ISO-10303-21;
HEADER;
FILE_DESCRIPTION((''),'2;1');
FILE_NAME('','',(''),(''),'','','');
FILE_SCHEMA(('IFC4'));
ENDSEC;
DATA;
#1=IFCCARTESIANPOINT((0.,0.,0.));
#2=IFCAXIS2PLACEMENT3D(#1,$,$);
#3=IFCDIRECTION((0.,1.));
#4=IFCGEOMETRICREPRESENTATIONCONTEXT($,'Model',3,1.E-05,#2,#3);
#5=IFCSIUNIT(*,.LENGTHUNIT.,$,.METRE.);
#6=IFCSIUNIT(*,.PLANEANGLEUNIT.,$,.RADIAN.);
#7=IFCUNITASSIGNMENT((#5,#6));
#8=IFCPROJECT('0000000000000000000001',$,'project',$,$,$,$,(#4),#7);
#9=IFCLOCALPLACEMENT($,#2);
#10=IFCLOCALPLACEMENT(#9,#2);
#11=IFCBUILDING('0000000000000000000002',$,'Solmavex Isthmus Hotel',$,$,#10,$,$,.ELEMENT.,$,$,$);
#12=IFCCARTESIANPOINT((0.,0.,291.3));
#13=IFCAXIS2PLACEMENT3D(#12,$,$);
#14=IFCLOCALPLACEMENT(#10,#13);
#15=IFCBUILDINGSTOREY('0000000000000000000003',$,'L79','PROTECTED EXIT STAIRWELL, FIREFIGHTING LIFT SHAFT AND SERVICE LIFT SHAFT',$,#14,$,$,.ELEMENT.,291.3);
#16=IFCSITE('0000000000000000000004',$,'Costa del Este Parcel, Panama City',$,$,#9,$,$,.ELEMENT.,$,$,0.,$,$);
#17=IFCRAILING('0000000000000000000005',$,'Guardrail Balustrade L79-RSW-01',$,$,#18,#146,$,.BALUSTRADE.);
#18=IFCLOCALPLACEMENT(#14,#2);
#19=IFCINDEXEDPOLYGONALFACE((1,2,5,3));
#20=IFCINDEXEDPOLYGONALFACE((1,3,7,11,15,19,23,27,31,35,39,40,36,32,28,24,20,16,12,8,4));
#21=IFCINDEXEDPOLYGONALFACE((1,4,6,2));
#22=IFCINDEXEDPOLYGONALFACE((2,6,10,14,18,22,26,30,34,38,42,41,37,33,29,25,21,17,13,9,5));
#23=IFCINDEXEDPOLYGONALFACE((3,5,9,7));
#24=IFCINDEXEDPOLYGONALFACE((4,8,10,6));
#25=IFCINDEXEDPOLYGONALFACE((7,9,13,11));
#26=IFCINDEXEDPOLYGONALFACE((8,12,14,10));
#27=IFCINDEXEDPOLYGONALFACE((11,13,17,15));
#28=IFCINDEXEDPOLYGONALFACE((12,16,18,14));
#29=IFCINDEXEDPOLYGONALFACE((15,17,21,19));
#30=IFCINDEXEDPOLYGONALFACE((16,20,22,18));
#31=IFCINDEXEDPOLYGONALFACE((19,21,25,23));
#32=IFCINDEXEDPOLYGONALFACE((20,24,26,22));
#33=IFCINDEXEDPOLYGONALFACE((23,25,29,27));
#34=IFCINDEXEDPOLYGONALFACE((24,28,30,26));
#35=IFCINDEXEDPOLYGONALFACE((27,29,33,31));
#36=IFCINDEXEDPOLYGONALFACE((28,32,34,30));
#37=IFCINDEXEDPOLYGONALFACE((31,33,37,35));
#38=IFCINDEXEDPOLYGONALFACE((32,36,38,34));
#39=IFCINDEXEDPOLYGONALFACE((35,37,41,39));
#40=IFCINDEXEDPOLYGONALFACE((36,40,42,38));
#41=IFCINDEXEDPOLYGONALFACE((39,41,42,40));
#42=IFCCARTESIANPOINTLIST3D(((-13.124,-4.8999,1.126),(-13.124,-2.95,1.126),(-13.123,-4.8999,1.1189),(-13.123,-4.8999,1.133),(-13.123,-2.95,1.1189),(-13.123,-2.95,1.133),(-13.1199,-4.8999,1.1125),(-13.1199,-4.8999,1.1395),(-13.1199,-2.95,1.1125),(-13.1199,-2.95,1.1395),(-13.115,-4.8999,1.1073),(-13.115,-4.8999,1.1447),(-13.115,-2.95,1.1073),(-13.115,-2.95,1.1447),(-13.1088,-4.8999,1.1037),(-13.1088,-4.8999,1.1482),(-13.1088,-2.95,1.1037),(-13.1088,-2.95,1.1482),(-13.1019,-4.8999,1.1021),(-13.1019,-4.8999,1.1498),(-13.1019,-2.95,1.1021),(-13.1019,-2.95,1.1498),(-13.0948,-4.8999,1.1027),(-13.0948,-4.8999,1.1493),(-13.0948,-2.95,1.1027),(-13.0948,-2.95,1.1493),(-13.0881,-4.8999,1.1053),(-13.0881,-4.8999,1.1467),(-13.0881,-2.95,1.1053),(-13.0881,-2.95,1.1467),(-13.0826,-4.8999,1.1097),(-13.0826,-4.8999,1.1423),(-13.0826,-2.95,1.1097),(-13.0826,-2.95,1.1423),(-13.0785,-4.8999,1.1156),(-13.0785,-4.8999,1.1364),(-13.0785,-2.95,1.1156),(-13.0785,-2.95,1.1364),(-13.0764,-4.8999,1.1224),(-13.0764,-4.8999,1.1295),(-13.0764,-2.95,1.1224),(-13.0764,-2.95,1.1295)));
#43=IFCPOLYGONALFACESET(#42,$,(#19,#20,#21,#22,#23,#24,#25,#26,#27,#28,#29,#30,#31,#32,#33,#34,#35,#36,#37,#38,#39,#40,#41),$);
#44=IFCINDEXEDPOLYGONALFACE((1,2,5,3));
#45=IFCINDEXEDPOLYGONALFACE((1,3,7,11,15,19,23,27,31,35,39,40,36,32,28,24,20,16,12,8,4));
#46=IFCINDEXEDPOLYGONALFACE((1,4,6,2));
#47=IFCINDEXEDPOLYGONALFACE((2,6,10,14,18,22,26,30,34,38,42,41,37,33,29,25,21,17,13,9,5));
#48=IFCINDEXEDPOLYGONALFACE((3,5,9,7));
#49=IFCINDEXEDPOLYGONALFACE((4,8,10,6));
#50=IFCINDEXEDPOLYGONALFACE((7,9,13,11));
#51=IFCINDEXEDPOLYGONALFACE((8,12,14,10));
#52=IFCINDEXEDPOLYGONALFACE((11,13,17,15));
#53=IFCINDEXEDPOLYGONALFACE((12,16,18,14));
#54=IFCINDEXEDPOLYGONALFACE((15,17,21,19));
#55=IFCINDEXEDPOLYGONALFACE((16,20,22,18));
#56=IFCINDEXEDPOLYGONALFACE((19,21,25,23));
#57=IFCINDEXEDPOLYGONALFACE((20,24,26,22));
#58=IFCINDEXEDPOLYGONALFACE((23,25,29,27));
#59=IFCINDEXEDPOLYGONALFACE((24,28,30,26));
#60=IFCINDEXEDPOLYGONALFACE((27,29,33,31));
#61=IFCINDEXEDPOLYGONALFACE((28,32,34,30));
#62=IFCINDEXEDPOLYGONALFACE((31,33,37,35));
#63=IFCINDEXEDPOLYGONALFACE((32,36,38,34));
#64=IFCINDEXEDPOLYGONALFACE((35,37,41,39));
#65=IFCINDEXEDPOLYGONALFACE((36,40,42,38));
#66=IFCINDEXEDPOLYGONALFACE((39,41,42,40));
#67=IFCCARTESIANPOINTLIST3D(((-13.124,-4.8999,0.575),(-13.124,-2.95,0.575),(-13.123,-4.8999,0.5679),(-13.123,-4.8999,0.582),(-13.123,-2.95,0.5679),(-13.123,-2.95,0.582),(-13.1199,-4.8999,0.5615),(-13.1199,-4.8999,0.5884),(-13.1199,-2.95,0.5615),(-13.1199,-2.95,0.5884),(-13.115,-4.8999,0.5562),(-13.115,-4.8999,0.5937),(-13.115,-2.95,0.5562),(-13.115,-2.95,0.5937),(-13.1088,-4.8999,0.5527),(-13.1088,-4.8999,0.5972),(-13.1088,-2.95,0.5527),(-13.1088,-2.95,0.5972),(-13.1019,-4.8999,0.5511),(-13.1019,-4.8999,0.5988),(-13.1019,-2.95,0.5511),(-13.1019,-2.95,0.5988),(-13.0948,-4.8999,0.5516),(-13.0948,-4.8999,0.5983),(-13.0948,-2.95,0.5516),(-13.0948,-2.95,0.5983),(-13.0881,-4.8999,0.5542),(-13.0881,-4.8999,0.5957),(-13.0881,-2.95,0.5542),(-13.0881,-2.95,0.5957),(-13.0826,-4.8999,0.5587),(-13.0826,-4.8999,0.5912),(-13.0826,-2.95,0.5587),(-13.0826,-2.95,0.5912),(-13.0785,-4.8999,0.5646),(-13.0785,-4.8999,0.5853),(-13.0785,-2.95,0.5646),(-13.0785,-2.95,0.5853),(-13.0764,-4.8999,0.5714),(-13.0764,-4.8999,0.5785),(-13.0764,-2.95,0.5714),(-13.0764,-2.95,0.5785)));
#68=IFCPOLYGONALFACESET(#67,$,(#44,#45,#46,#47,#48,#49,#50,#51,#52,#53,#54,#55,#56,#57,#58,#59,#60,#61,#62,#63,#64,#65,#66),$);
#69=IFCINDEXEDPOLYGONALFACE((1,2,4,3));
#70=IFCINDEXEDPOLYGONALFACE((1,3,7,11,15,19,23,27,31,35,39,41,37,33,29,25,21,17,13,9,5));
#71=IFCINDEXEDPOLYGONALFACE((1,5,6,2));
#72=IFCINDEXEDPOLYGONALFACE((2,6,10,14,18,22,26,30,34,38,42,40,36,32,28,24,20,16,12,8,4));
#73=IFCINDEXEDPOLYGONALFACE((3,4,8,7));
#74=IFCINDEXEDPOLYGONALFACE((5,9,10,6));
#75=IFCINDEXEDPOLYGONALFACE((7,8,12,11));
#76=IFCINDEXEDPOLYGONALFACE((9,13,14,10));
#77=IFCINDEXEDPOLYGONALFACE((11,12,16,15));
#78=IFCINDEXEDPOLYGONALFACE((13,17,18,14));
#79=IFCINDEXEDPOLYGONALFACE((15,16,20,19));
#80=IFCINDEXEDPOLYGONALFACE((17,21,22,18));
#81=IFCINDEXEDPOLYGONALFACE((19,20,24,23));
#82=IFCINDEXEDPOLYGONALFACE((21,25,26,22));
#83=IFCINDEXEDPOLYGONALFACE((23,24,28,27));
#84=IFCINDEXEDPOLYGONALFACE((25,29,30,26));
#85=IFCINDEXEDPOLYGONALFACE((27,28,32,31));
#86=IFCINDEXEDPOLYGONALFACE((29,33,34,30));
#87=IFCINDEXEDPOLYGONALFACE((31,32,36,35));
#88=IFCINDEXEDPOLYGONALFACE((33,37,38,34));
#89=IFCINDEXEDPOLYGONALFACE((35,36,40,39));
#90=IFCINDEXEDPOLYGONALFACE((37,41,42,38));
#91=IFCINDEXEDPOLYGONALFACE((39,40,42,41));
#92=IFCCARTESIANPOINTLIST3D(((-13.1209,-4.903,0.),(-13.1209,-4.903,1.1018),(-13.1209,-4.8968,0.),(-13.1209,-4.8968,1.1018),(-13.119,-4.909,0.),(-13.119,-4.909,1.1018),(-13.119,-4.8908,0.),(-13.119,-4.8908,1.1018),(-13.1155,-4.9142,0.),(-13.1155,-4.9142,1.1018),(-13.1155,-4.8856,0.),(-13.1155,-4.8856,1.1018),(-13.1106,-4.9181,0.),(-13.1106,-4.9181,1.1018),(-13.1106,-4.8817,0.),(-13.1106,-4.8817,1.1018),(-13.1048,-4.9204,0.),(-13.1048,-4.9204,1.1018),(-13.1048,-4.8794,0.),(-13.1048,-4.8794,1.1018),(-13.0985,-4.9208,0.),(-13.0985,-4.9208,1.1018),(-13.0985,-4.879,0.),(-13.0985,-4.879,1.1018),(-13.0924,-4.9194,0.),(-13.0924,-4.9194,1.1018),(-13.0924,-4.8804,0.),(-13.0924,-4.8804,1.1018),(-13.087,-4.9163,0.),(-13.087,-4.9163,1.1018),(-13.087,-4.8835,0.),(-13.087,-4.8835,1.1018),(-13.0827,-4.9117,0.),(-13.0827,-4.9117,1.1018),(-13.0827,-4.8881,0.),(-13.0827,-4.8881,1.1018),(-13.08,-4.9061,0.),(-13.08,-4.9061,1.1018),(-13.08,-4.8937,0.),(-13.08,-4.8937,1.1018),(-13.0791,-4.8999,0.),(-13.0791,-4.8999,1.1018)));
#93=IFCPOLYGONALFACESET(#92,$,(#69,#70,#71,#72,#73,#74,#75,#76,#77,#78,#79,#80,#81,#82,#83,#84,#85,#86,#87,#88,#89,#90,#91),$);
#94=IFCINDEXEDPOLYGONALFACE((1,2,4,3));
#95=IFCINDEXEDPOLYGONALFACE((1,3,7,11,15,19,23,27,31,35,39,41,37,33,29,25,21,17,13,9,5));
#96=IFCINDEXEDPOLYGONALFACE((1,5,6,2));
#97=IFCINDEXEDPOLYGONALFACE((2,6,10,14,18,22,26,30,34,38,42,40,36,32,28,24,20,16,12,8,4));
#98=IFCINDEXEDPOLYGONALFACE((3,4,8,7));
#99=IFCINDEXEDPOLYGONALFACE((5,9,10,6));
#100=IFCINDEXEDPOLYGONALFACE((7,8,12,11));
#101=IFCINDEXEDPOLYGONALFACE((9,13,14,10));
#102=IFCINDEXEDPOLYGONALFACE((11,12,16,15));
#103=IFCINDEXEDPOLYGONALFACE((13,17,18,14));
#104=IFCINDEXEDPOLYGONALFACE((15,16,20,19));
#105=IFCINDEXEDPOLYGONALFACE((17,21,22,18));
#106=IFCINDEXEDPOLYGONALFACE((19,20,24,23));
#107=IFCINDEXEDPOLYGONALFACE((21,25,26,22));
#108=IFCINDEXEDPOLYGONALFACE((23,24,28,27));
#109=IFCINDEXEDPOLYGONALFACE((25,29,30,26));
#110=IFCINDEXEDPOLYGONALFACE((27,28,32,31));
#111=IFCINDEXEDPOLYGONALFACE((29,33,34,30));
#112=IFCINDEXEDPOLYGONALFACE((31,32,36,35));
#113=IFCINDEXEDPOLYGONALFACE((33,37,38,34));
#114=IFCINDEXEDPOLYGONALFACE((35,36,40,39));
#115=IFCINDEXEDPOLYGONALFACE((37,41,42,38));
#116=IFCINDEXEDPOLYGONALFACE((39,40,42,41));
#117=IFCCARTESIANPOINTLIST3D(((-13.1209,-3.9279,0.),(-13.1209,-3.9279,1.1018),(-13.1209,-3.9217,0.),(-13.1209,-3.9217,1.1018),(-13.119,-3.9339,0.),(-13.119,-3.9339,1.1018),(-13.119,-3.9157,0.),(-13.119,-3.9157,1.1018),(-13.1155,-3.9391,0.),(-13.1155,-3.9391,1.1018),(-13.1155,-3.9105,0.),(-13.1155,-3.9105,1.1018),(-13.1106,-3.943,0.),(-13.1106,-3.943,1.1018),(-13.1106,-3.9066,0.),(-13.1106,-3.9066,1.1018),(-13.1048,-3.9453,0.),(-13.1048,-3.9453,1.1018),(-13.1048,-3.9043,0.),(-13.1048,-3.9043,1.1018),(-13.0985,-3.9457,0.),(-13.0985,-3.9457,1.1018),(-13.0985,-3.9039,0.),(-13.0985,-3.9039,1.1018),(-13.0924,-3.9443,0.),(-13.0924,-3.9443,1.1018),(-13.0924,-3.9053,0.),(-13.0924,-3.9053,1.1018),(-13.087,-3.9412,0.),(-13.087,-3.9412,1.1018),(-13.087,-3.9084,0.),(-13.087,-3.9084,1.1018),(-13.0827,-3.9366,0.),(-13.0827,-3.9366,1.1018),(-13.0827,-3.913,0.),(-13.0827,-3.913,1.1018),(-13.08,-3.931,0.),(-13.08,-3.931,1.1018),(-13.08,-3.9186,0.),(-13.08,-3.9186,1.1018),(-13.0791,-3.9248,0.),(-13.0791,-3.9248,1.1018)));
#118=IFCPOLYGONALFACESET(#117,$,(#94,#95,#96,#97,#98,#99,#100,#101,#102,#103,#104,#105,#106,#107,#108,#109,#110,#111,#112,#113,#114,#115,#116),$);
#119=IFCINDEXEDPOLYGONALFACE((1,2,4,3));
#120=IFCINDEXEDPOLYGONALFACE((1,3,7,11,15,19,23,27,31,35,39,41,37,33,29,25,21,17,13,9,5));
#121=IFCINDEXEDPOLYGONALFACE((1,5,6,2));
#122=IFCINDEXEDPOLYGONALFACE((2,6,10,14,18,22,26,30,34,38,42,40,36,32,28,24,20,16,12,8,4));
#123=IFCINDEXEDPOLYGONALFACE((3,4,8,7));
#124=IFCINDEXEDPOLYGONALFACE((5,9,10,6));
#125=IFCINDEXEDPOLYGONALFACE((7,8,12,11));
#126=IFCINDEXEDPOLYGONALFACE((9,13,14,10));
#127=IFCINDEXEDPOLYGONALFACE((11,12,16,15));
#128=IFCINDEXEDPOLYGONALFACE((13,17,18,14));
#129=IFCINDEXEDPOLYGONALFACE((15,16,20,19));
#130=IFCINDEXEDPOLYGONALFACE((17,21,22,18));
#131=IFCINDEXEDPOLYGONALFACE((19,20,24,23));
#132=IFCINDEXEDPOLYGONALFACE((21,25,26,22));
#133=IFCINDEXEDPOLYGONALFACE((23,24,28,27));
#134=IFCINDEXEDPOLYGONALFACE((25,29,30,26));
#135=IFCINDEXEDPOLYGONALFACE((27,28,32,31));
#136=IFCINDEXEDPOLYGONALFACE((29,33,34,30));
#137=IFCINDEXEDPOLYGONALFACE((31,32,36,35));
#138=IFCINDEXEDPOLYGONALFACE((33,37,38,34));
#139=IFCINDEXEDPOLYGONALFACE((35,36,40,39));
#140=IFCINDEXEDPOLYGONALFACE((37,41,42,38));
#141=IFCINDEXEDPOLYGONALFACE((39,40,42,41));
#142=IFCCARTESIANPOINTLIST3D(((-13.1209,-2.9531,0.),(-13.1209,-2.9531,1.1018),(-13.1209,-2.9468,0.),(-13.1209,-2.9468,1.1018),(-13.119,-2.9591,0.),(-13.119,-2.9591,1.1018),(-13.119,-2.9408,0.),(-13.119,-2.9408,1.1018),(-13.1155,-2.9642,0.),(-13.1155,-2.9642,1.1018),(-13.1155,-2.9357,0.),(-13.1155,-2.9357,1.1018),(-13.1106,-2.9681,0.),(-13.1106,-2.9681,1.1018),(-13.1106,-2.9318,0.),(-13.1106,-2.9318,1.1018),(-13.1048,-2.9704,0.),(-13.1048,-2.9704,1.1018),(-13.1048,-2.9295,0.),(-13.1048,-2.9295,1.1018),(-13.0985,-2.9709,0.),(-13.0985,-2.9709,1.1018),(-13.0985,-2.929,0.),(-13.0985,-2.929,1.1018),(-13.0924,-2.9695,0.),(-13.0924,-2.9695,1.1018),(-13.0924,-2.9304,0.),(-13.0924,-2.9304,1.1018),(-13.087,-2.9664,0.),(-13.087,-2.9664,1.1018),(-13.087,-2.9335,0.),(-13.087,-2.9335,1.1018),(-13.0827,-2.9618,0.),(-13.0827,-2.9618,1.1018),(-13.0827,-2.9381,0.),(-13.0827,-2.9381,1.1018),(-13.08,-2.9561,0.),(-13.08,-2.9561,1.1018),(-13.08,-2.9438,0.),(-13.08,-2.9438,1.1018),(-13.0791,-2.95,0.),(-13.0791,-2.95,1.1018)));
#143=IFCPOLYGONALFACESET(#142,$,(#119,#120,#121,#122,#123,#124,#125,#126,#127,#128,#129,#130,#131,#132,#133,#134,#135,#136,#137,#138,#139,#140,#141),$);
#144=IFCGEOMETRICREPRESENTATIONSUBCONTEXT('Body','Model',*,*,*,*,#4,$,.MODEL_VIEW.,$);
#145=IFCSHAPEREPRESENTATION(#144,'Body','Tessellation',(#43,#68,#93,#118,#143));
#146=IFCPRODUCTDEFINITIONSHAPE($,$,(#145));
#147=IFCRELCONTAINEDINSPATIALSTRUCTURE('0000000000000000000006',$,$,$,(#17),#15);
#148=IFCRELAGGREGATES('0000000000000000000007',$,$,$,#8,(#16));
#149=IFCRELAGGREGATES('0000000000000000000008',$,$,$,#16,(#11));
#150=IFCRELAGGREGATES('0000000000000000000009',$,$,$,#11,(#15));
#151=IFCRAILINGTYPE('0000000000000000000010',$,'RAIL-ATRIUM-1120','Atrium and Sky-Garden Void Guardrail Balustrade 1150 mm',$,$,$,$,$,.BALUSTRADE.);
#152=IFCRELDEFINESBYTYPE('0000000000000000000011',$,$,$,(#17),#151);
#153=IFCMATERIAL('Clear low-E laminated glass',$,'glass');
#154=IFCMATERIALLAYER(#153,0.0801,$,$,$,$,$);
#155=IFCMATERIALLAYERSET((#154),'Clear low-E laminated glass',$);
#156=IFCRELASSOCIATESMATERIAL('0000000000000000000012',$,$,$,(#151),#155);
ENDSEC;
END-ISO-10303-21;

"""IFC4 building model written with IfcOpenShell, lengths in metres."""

from ifc_helpers import new_model, si_unit, direction, frame, origin, origin_2d, place, context, subcontext, project, spatial, circle, extrude, material, layer, layer_set, type_object, element, save


model = new_model("IFC4")

# Units and contexts
model_context = context("Model", 3, precision=1e-05, world=origin(), true_north=direction((0.0, 1.0)))
body_context = subcontext(model_context, "Body", "Model", "MODEL_VIEW")
ifc_project = project(units=[si_unit("LENGTHUNIT", "METRE"), si_unit("PLANEANGLEUNIT", "RADIAN")], contexts=[model_context])

# Site, building, storey
site_placement = place(None, origin())
site = spatial("IfcSite", under=ifc_project, at=site_placement, Name="Costa del Este Parcel, Panama City", CompositionType="ELEMENT", RefElevation=0.0)
building_placement = place(site_placement, origin())
building = spatial("IfcBuilding", under=site, at=building_placement, Name="Solmavex Isthmus Hotel", CompositionType="ELEMENT")
storey_placement = place(building_placement, frame((0.0, 0.0, 291.3)))
storey = spatial("IfcBuildingStorey", under=building, at=storey_placement, Name="L79", Description="PROTECTED EXIT STAIRWELL, FIREFIGHTING LIFT SHAFT AND SERVICE LIFT SHAFT", CompositionType="ELEMENT", Elevation=291.3)

# Railing
ifc_material_1 = material(Name="Clear low-E laminated glass", Category="glass")
ifc_layer_1 = layer(ifc_material_1, 0.0801)
ifc_layer_set_1 = layer_set([ifc_layer_1], Name="Clear low-E laminated glass")
railing_type_1 = type_object("IfcRailingType", Name="RAIL-ATRIUM-1120", Description="Atrium and Sky-Garden Void Guardrail Balustrade 1150 mm", PredefinedType="BALUSTRADE", material=ifc_layer_set_1)
railing_1_placement = place(storey_placement, frame((-13.1001, -4.8999, 0.0)))
element("IfcRailing", 1, at=railing_1_placement, inside=storey, type_object=railing_type_1, Name="Guardrail Balustrade L79-RSW-01", PredefinedType="BALUSTRADE", context=body_context, shape_type="SweptSolid", body=[
    extrude(circle(Radius=0.0239, at=origin_2d()), frame((0.0, 0.0, 1.126), z_axis=(0.0, 1.0, 0.0), x_axis=(-1.0, 0.0, 0.0)), (0.0, 0.0, 1.0), 1.95),
    extrude(circle(Radius=0.0239, at=origin_2d()), frame((0.0, 0.0, 0.575), z_axis=(0.0, 1.0, 0.0), x_axis=(-1.0, 0.0, 0.0)), (0.0, 0.0, 1.0), 1.95),
    extrude(circle(Radius=0.021, at=origin_2d()), origin(), (0.0, 0.0, 1.0), 1.1018),
    extrude(circle(Radius=0.021, at=origin_2d()), frame((0.0, 0.9751, 0.0)), (0.0, 0.0, 1.0), 1.1018),
    extrude(circle(Radius=0.021, at=origin_2d()), frame((0.0, 1.95, 0.0)), (0.0, 0.0, 1.0), 1.1018),
])

save(model, "model.ifc")
